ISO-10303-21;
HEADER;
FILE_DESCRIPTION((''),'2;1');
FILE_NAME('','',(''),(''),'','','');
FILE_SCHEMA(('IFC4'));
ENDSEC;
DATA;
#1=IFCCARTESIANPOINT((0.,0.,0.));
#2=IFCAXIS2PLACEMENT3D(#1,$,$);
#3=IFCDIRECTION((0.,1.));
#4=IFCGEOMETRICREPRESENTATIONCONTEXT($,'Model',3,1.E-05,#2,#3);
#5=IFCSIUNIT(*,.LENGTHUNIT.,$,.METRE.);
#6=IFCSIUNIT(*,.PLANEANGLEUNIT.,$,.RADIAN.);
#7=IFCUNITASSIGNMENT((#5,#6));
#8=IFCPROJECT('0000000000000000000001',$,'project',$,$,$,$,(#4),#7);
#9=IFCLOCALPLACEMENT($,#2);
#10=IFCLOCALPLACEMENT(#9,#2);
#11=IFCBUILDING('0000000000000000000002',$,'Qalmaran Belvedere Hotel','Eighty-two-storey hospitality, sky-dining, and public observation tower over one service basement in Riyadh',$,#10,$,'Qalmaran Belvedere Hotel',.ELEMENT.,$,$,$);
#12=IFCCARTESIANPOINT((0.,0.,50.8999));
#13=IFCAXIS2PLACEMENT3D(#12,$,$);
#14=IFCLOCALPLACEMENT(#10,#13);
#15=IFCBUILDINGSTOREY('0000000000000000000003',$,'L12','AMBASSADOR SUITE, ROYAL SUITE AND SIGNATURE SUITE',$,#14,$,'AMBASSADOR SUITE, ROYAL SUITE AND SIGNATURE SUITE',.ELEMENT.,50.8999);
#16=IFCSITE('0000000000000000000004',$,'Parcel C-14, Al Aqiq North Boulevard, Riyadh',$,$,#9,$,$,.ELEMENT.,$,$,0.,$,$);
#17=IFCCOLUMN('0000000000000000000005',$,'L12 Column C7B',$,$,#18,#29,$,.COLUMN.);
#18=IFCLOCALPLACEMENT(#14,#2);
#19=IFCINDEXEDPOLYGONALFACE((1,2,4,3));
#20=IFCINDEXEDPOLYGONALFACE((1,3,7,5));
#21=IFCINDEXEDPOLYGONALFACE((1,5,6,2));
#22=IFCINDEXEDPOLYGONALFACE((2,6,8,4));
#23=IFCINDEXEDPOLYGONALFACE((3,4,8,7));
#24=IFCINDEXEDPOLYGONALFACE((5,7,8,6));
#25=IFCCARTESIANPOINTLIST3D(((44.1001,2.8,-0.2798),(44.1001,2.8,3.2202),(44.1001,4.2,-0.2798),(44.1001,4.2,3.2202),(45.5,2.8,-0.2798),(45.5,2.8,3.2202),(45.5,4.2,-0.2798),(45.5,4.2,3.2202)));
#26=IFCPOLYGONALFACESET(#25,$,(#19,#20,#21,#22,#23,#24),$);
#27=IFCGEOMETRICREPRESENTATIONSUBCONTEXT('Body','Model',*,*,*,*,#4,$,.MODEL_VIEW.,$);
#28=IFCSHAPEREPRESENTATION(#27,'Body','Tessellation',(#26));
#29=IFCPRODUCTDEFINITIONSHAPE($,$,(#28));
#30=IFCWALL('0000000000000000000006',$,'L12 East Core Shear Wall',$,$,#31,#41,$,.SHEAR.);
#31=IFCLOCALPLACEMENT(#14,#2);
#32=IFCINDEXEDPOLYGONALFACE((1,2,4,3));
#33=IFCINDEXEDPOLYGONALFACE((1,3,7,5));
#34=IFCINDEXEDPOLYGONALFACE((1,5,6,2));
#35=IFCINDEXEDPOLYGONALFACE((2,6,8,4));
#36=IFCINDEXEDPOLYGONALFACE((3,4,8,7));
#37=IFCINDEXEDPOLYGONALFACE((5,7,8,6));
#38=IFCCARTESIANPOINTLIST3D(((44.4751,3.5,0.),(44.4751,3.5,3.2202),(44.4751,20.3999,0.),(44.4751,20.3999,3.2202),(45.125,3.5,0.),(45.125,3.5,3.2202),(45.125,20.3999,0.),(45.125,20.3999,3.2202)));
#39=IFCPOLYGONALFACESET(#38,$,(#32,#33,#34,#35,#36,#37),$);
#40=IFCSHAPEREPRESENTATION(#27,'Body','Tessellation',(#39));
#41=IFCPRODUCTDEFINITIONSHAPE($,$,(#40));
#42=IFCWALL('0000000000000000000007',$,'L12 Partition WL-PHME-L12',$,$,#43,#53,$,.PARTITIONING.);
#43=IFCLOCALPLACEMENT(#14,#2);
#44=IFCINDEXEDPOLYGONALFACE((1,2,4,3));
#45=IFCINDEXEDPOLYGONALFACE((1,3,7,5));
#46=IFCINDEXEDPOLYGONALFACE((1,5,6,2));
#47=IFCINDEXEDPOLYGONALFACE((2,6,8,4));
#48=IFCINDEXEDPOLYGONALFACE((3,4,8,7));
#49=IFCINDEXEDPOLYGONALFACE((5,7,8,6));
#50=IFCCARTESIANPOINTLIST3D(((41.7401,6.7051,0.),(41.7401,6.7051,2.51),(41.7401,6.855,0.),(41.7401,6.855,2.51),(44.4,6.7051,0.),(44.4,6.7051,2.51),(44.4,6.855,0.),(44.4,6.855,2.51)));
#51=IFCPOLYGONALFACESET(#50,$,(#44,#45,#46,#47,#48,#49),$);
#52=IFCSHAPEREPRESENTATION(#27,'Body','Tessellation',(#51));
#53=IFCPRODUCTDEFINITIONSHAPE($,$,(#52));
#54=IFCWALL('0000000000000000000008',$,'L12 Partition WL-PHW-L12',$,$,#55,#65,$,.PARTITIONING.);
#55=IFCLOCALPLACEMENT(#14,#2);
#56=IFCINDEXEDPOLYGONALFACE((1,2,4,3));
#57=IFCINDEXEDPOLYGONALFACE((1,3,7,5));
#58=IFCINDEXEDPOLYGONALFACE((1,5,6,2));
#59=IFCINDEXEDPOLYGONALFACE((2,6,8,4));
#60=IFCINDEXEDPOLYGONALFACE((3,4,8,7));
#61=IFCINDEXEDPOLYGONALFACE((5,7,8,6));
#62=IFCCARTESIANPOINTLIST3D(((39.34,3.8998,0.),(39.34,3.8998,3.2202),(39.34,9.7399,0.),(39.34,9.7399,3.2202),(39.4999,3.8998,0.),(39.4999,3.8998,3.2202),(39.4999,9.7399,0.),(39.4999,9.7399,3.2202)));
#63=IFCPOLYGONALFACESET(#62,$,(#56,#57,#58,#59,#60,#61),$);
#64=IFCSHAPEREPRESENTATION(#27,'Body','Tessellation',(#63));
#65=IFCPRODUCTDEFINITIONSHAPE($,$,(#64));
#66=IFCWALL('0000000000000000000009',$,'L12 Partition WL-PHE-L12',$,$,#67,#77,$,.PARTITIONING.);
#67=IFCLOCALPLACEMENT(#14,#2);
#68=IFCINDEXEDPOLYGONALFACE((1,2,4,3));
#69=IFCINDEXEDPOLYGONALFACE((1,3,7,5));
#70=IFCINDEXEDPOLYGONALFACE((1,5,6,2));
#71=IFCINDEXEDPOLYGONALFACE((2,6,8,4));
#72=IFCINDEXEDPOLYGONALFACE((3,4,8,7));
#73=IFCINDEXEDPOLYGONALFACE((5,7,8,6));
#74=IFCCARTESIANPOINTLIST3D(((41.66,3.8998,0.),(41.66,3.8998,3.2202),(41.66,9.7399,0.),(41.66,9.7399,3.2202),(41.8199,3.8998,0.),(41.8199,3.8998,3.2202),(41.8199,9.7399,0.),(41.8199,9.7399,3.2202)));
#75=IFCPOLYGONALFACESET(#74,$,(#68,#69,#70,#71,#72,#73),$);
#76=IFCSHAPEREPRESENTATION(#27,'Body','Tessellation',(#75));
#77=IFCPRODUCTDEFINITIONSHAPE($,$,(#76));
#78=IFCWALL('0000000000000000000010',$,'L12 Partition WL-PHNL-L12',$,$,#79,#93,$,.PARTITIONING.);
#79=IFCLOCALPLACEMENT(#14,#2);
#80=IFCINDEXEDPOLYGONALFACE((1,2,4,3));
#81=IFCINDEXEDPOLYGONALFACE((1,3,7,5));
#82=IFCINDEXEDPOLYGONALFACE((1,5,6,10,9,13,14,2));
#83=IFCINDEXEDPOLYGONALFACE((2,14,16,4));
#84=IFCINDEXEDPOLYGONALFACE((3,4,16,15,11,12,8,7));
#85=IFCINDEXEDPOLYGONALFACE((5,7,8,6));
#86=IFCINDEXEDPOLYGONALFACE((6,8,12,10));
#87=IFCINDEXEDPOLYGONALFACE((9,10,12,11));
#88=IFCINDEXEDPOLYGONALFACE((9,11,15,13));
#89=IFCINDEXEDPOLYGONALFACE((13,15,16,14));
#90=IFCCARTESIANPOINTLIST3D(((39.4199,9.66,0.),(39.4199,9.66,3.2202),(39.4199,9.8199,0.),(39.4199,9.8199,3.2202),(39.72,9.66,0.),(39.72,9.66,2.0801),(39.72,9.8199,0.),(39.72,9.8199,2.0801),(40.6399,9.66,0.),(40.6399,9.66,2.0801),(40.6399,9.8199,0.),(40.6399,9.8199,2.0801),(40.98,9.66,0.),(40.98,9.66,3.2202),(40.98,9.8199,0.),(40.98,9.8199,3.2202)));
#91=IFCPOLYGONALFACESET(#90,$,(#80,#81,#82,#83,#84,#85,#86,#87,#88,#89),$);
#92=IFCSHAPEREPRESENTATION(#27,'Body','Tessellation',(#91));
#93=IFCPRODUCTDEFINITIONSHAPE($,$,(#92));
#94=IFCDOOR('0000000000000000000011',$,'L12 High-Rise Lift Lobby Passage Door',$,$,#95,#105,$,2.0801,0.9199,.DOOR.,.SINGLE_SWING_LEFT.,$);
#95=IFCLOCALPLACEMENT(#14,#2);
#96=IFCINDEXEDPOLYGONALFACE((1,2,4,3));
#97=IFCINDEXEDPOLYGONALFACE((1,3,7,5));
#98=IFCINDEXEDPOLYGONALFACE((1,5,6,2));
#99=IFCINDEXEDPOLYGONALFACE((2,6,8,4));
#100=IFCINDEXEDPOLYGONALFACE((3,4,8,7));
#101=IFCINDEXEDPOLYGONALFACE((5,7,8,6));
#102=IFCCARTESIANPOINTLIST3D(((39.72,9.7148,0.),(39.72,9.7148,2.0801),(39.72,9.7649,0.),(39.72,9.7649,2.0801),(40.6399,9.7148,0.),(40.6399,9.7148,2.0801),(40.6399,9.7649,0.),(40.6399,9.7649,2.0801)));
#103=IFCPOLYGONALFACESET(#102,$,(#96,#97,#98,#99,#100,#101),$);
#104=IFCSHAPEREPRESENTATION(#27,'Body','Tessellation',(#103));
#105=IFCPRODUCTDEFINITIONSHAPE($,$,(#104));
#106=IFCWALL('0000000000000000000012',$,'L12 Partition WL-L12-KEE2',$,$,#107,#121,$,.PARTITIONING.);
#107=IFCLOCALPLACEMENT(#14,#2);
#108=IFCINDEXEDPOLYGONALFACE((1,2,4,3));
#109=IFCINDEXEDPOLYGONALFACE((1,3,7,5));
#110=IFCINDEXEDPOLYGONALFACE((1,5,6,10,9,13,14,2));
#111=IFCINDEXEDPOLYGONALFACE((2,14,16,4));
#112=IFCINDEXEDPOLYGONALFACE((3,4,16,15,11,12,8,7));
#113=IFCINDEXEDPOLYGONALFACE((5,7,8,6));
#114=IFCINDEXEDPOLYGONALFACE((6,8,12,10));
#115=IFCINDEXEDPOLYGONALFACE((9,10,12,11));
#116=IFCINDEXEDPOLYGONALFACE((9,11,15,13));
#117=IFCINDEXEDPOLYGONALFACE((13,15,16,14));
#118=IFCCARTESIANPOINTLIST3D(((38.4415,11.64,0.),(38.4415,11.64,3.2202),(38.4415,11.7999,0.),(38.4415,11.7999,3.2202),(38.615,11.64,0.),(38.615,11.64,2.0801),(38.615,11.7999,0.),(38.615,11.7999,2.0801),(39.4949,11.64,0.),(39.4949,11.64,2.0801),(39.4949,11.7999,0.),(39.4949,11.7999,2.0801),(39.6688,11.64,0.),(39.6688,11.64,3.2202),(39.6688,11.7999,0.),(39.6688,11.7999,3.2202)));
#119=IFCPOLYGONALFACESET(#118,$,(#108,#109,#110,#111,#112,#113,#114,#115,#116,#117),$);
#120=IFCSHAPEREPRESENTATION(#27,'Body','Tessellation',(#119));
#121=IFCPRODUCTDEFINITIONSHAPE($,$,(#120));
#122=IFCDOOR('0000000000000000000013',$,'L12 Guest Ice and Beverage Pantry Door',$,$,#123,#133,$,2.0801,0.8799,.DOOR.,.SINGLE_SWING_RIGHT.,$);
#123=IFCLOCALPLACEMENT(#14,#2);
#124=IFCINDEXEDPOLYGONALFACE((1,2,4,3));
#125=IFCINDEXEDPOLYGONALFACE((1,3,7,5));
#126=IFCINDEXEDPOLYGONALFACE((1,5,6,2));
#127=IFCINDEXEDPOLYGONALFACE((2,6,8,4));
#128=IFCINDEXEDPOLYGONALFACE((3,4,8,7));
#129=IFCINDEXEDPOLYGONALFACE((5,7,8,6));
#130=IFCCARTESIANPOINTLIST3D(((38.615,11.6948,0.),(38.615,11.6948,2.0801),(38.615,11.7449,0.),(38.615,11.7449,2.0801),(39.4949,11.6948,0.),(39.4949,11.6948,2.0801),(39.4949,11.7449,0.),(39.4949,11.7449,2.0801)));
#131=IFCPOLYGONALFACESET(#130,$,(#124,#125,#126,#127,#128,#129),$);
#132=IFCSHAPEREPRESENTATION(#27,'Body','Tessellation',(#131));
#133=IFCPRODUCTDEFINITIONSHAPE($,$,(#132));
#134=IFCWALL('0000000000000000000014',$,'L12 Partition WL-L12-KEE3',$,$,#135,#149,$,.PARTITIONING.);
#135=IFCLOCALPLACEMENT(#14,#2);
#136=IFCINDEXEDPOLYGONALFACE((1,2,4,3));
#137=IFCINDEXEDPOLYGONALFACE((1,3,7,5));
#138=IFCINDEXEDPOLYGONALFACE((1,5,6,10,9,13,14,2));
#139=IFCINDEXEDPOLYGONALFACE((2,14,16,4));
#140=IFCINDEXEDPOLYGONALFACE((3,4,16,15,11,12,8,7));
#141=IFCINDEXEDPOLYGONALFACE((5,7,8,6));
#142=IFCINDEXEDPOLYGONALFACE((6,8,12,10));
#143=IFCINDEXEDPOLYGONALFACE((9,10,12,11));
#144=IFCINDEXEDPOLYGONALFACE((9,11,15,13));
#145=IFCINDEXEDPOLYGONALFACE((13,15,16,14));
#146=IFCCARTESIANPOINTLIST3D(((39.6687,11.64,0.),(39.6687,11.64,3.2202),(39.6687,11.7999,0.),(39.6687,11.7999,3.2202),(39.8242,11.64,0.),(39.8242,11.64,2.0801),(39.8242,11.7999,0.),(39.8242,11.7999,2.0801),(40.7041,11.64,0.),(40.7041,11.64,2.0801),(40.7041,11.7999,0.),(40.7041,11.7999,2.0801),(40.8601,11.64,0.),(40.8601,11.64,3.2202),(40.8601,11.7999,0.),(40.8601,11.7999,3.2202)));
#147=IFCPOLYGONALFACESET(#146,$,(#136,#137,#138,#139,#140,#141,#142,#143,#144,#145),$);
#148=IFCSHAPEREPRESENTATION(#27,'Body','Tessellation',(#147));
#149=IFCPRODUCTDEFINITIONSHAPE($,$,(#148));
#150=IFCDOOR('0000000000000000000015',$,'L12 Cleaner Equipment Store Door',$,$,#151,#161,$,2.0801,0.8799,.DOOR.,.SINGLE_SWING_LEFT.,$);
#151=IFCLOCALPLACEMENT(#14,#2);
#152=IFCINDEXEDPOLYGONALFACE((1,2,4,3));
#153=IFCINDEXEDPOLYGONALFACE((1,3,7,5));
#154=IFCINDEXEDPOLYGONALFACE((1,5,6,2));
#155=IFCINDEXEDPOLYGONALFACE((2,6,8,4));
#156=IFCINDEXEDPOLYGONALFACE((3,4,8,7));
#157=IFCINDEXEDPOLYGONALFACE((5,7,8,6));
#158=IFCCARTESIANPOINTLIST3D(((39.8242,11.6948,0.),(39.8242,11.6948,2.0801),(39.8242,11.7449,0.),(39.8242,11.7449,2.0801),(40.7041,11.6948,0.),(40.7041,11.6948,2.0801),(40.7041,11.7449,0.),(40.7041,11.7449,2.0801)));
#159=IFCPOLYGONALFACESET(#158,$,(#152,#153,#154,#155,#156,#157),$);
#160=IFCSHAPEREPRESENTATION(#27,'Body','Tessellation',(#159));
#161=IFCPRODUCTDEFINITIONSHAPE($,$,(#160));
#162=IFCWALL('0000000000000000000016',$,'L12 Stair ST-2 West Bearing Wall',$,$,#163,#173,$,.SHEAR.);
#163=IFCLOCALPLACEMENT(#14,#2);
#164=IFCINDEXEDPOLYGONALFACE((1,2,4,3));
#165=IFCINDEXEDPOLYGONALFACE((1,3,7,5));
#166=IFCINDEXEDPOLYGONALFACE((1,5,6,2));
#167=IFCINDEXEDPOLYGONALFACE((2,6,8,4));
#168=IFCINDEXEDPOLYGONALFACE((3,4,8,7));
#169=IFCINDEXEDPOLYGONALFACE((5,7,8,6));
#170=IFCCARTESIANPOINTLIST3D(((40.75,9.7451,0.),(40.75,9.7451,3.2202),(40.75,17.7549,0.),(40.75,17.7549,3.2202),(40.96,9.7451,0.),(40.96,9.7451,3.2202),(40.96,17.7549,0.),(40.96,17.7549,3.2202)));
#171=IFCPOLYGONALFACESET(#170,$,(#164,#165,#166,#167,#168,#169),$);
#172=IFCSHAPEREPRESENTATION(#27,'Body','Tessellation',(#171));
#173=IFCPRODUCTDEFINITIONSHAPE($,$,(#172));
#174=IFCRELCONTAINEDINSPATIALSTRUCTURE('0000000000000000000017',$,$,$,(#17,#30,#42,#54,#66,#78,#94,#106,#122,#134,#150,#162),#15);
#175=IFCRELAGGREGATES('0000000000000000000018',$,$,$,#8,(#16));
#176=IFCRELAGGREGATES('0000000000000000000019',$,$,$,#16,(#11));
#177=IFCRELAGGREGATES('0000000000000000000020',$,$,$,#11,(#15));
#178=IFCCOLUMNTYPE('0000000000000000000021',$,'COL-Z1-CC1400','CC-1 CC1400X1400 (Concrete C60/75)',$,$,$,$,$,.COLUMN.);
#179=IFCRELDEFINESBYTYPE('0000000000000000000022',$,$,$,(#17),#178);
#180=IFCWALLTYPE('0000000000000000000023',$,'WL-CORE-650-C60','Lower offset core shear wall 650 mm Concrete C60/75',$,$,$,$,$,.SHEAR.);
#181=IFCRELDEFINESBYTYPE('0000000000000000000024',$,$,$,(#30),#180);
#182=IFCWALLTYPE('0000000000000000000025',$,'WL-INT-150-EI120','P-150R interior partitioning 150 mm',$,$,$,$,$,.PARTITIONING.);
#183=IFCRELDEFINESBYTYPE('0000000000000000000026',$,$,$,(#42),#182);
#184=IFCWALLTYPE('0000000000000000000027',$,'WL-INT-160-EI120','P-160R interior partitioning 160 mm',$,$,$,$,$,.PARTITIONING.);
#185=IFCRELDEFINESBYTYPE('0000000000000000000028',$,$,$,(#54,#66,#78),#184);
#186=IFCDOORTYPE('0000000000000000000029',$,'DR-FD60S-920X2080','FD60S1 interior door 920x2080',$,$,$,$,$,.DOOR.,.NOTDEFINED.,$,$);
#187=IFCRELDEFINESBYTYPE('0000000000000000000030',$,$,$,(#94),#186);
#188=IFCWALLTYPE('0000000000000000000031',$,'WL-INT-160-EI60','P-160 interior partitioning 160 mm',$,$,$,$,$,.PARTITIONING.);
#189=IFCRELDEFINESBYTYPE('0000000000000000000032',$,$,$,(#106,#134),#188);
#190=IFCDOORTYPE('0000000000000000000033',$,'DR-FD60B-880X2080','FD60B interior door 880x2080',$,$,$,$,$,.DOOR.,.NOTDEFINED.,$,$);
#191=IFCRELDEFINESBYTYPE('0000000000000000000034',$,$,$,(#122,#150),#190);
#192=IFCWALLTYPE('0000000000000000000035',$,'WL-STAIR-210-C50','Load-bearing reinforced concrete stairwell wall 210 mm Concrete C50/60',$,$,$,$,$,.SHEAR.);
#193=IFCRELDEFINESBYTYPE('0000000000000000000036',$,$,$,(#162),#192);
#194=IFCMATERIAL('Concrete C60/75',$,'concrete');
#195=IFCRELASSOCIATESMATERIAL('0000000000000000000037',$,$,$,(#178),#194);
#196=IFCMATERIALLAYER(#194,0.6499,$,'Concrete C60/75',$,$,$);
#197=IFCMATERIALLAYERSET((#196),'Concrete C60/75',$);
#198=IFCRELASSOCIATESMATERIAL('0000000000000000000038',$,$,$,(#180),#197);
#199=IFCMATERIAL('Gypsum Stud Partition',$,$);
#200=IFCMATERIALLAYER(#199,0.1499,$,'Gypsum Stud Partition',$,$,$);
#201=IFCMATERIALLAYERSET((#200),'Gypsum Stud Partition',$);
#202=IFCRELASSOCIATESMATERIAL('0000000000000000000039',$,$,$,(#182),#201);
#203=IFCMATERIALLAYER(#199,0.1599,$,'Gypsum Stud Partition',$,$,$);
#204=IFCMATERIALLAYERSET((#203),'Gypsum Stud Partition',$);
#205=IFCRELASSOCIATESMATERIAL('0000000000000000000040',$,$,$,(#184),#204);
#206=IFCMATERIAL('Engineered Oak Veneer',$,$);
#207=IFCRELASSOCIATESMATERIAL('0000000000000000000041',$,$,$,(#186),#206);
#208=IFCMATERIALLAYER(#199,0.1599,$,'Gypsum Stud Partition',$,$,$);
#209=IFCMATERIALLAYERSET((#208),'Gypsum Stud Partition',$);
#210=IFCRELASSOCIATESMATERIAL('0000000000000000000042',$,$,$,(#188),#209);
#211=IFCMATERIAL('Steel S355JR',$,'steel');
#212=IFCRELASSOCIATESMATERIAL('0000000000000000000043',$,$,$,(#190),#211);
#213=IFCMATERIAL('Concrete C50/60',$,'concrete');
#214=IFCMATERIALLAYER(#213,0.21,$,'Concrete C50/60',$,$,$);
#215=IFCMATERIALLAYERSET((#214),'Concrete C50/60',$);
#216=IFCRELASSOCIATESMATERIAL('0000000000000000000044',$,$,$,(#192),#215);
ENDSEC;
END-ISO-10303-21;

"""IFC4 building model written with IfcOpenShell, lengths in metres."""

from ifc_helpers import new_model, si_unit, direction, frame, frame_2d, origin, origin_2d, place, context, subcontext, project, spatial, rectangle, extrude, material, layer, layer_set, material_profile, profile_set, type_object, element, fill, save


model = new_model("IFC4")

# Units and contexts
model_context = context("Model", 3, precision=1e-05, world=origin(), true_north=direction((0.0, 1.0)))
body_context = subcontext(model_context, "Body", "Model", "MODEL_VIEW")
ifc_project = project(units=[si_unit("LENGTHUNIT", "METRE"), si_unit("PLANEANGLEUNIT", "RADIAN")], contexts=[model_context])

# Site, building, storey
site_placement = place(None, origin())
site = spatial("IfcSite", under=ifc_project, at=site_placement, Name="Parcel C-14, Al Aqiq North Boulevard, Riyadh", CompositionType="ELEMENT", RefElevation=0.0)
building_placement = place(site_placement, origin())
building = spatial("IfcBuilding", under=site, at=building_placement, Name="Qalmaran Belvedere Hotel", Description="Eighty-two-storey hospitality, sky-dining, and public observation tower over one service basement in Riyadh", LongName="Qalmaran Belvedere Hotel", CompositionType="ELEMENT")
storey_placement = place(building_placement, frame((0.0, 0.0, 50.8999)))
storey = spatial("IfcBuildingStorey", under=building, at=storey_placement, Name="L12", Description="AMBASSADOR SUITE, ROYAL SUITE AND SIGNATURE SUITE", LongName="AMBASSADOR SUITE, ROYAL SUITE AND SIGNATURE SUITE", CompositionType="ELEMENT", Elevation=50.8999)

# Column
ifc_material_1 = material(Name="Concrete C60/75", Category="concrete")
ifc_material_profile = material_profile(ifc_material_1, rectangle(XDim=1.3999, YDim=1.3999, at=origin_2d()), Name="CC1400X1400")
ifc_profile_set = profile_set([ifc_material_profile], Name="Concrete C60/75")
column_type = type_object("IfcColumnType", Name="COL-Z1-CC1400", Description="CC-1 CC1400X1400 (Concrete C60/75)", PredefinedType="COLUMN", material=ifc_profile_set)
column_placement = place(storey_placement, frame((44.8, 3.5, -0.2798), z_axis=(0.0, 0.0, 1.0), x_axis=(1.0, 0.0, 0.0)))
element("IfcColumn", 1, at=column_placement, inside=storey, type_object=column_type, Name="L12 Column C7B", PredefinedType="COLUMN", context=body_context, shape_type="SweptSolid", body=[
    extrude(rectangle(XDim=1.3999, YDim=1.3999, at=origin_2d()), origin(), (0.0, 0.0, 1.0), 3.5),
])

# Walls
ifc_layer_1 = layer(ifc_material_1, 0.6499, Name="Concrete C60/75")
ifc_layer_set_1 = layer_set([ifc_layer_1], Name="Concrete C60/75")
wall_type_1 = type_object("IfcWallType", Name="WL-CORE-650-C60", Description="Lower offset core shear wall 650 mm Concrete C60/75", PredefinedType="SHEAR", material=ifc_layer_set_1)
wall_1_placement = place(storey_placement, frame((44.8, 3.5, 0.0), z_axis=(0.0, 0.0, 1.0), x_axis=(0.0, 1.0, 0.0)))
element("IfcWall", 2, at=wall_1_placement, inside=storey, type_object=wall_type_1, Name="L12 East Core Shear Wall", PredefinedType="SHEAR", context=body_context, shape_type="SweptSolid", body=[
    extrude(rectangle(XDim=16.8999, YDim=0.6499, at=frame_2d((8.45, 0.0))), origin(), (0.0, 0.0, 1.0), 3.2202),
])
ifc_material_2 = material(Name="Gypsum Stud Partition")
ifc_layer_2 = layer(ifc_material_2, 0.1499, Name="Gypsum Stud Partition")
ifc_layer_set_2 = layer_set([ifc_layer_2], Name="Gypsum Stud Partition")
wall_type_2 = type_object("IfcWallType", Name="WL-INT-150-EI120", Description="P-150R interior partitioning 150 mm", PredefinedType="PARTITIONING", material=ifc_layer_set_2)
wall_2_placement = place(storey_placement, frame((41.74, 6.78, 0.0), z_axis=(0.0, 0.0, 1.0), x_axis=(1.0, 0.0, 0.0)))
element("IfcWall", 3, at=wall_2_placement, inside=storey, type_object=wall_type_2, Name="L12 Partition WL-PHME-L12", PredefinedType="PARTITIONING", context=body_context, shape_type="SweptSolid", body=[
    extrude(rectangle(XDim=2.6599, YDim=0.1499, at=frame_2d((1.3301, 0.0))), origin(), (0.0, 0.0, 1.0), 2.51),
])
ifc_layer_3 = layer(ifc_material_2, 0.1599, Name="Gypsum Stud Partition")
ifc_layer_set_3 = layer_set([ifc_layer_3], Name="Gypsum Stud Partition")
wall_type_3 = type_object("IfcWallType", Name="WL-INT-160-EI120", Description="P-160R interior partitioning 160 mm", PredefinedType="PARTITIONING", material=ifc_layer_set_3)
for number, where, z_axis, x_axis, name in (
    (4, (39.4199, 3.8999, 0.0), (0.0, 0.0, 1.0), (0.0, 1.0, 0.0), "L12 Partition WL-PHW-L12"),
    (5, (41.74, 3.8999, 0.0), (0.0, 0.0, 1.0), (0.0, 1.0, 0.0), "L12 Partition WL-PHE-L12"),
):
    element("IfcWall", number, at=place(storey_placement, frame(where, z_axis=z_axis, x_axis=x_axis)), inside=storey, type_object=wall_type_3, Name=name, PredefinedType="PARTITIONING", context=body_context, shape_type="SweptSolid", body=[
        extrude(rectangle(XDim=5.8401, YDim=0.1599, at=frame_2d((2.9199, 0.0))), origin(), (0.0, 0.0, 1.0), 3.2202),
    ])

# Walls, openings, doors
wall_3_placement = place(storey_placement, frame((39.4199, 9.74, 0.0), z_axis=(0.0, 0.0, 1.0), x_axis=(1.0, 0.0, 0.0)))
wall_3 = element("IfcWall", 6, at=wall_3_placement, inside=storey, type_object=wall_type_3, Name="L12 Partition WL-PHNL-L12", PredefinedType="PARTITIONING", context=body_context, shape_type="SweptSolid", body=[
    extrude(rectangle(XDim=1.5601, YDim=0.1599, at=frame_2d((0.78, 0.0))), origin(), (0.0, 0.0, 1.0), 3.2202),
])
opening_1_placement = place(wall_3_placement, frame((0.3, 0.0, 0.0)))
opening_1 = element("IfcOpeningElement", 7, at=opening_1_placement, cuts=wall_3, PredefinedType="OPENING", context=body_context, shape_type="SweptSolid", body=[
    extrude(rectangle(XDim=0.9199, YDim=2.0801, at=frame_2d((0.46, 1.04))), frame((0.0, 0.0898, 0.0), z_axis=(0.0, -1.0, 0.0), x_axis=(1.0, 0.0, 0.0)), (0.0, 0.0, 1.0), 0.1799),
])
ifc_material_3 = material(Name="Engineered Oak Veneer")
door_type_1 = type_object("IfcDoorType", Name="DR-FD60S-920X2080", Description="FD60S1 interior door 920x2080", OperationType="NOTDEFINED", PredefinedType="DOOR", material=ifc_material_3)
door_1_placement = place(opening_1_placement, origin())
door_1 = element("IfcDoor", 8, at=door_1_placement, inside=storey, type_object=door_type_1, Name="L12 High-Rise Lift Lobby Passage Door", OperationType="SINGLE_SWING_LEFT", OverallHeight=2.0801, OverallWidth=0.9199, PredefinedType="DOOR", context=body_context, shape_type="SweptSolid", body=[
    extrude(rectangle(XDim=0.9199, YDim=2.0801, at=frame_2d((0.46, 1.04))), frame((0.0, 0.0249, 0.0), z_axis=(0.0, -1.0, 0.0), x_axis=(1.0, 0.0, 0.0)), (0.0, 0.0, 1.0), 0.05),
])
fill(opening_1, door_1)
ifc_layer_4 = layer(ifc_material_2, 0.1599, Name="Gypsum Stud Partition")
ifc_layer_set_4 = layer_set([ifc_layer_4], Name="Gypsum Stud Partition")
wall_type_4 = type_object("IfcWallType", Name="WL-INT-160-EI60", Description="P-160 interior partitioning 160 mm", PredefinedType="PARTITIONING", material=ifc_layer_set_4)
wall_4_placement = place(storey_placement, frame((38.4414, 11.72, 0.0), z_axis=(0.0, 0.0, 1.0), x_axis=(1.0, 0.0, 0.0)))
wall_4 = element("IfcWall", 9, at=wall_4_placement, inside=storey, type_object=wall_type_4, Name="L12 Partition WL-L12-KEE2", PredefinedType="PARTITIONING", context=body_context, shape_type="SweptSolid", body=[
    extrude(rectangle(XDim=1.2273, YDim=0.1599, at=frame_2d((0.6138, 0.0))), origin(), (0.0, 0.0, 1.0), 3.2202),
])
opening_2_placement = place(wall_4_placement, frame((0.1736, 0.0, 0.0)))
opening_2 = element("IfcOpeningElement", 10, at=opening_2_placement, cuts=wall_4, PredefinedType="OPENING", context=body_context, shape_type="SweptSolid", body=[
    extrude(rectangle(XDim=0.8799, YDim=2.0801, at=frame_2d((0.4399, 1.04))), frame((0.0, 0.0898, 0.0), z_axis=(0.0, -1.0, 0.0), x_axis=(1.0, 0.0, 0.0)), (0.0, 0.0, 1.0), 0.1799),
])
ifc_material_4 = material(Name="Steel S355JR", Category="steel")
door_type_2 = type_object("IfcDoorType", Name="DR-FD60B-880X2080", Description="FD60B interior door 880x2080", OperationType="NOTDEFINED", PredefinedType="DOOR", material=ifc_material_4)
door_2_placement = place(opening_2_placement, origin())
door_2 = element("IfcDoor", 11, at=door_2_placement, inside=storey, type_object=door_type_2, Name="L12 Guest Ice and Beverage Pantry Door", OperationType="SINGLE_SWING_RIGHT", OverallHeight=2.0801, OverallWidth=0.8799, PredefinedType="DOOR", context=body_context, shape_type="SweptSolid", body=[
    extrude(rectangle(XDim=0.8799, YDim=2.0801, at=frame_2d((0.4399, 1.04))), frame((0.0, 0.0249, 0.0), z_axis=(0.0, -1.0, 0.0), x_axis=(1.0, 0.0, 0.0)), (0.0, 0.0, 1.0), 0.05),
])
fill(opening_2, door_2)
wall_5_placement = place(storey_placement, frame((39.6687, 11.72, 0.0), z_axis=(0.0, 0.0, 1.0), x_axis=(1.0, 0.0, 0.0)))
wall_5 = element("IfcWall", 12, at=wall_5_placement, inside=storey, type_object=wall_type_4, Name="L12 Partition WL-L12-KEE3", PredefinedType="PARTITIONING", context=body_context, shape_type="SweptSolid", body=[
    extrude(rectangle(XDim=1.1914, YDim=0.1599, at=frame_2d((0.5957, 0.0))), origin(), (0.0, 0.0, 1.0), 3.2202),
])
opening_3_placement = place(wall_5_placement, frame((0.1555, 0.0, 0.0)))
opening_3 = element("IfcOpeningElement", 13, at=opening_3_placement, cuts=wall_5, PredefinedType="OPENING", context=body_context, shape_type="SweptSolid", body=[
    extrude(rectangle(XDim=0.8799, YDim=2.0801, at=frame_2d((0.4399, 1.04))), frame((0.0, 0.0898, 0.0), z_axis=(0.0, -1.0, 0.0), x_axis=(1.0, 0.0, 0.0)), (0.0, 0.0, 1.0), 0.1799),
])
door_3_placement = place(opening_3_placement, origin())
door_3 = element("IfcDoor", 14, at=door_3_placement, inside=storey, type_object=door_type_2, Name="L12 Cleaner Equipment Store Door", OperationType="SINGLE_SWING_LEFT", OverallHeight=2.0801, OverallWidth=0.8799, PredefinedType="DOOR", context=body_context, shape_type="SweptSolid", body=[
    extrude(rectangle(XDim=0.8799, YDim=2.0801, at=frame_2d((0.4399, 1.04))), frame((0.0, 0.0249, 0.0), z_axis=(0.0, -1.0, 0.0), x_axis=(1.0, 0.0, 0.0)), (0.0, 0.0, 1.0), 0.05),
])
fill(opening_3, door_3)

# Wall
ifc_material_5 = material(Name="Concrete C50/60", Category="concrete")
ifc_layer_5 = layer(ifc_material_5, 0.21, Name="Concrete C50/60")
ifc_layer_set_5 = layer_set([ifc_layer_5], Name="Concrete C50/60")
wall_type_5 = type_object("IfcWallType", Name="WL-STAIR-210-C50", Description="Load-bearing reinforced concrete stairwell wall 210 mm Concrete C50/60", PredefinedType="SHEAR", material=ifc_layer_set_5)
for number, where, z_axis, x_axis, name in (
    (15, (40.855, 9.7451, 0.0), (0.0, 0.0, 1.0), (0.0, 1.0, 0.0), "L12 Stair ST-2 West Bearing Wall"),
):
    element("IfcWall", number, at=place(storey_placement, frame(where, z_axis=z_axis, x_axis=x_axis)), inside=storey, type_object=wall_type_5, Name=name, PredefinedType="SHEAR", context=body_context, shape_type="SweptSolid", body=[
        extrude(rectangle(XDim=8.0098, YDim=0.21, at=frame_2d((4.0049, 0.0))), origin(), (0.0, 0.0, 1.0), 3.2202),
    ])

save(model, "model.ifc")
